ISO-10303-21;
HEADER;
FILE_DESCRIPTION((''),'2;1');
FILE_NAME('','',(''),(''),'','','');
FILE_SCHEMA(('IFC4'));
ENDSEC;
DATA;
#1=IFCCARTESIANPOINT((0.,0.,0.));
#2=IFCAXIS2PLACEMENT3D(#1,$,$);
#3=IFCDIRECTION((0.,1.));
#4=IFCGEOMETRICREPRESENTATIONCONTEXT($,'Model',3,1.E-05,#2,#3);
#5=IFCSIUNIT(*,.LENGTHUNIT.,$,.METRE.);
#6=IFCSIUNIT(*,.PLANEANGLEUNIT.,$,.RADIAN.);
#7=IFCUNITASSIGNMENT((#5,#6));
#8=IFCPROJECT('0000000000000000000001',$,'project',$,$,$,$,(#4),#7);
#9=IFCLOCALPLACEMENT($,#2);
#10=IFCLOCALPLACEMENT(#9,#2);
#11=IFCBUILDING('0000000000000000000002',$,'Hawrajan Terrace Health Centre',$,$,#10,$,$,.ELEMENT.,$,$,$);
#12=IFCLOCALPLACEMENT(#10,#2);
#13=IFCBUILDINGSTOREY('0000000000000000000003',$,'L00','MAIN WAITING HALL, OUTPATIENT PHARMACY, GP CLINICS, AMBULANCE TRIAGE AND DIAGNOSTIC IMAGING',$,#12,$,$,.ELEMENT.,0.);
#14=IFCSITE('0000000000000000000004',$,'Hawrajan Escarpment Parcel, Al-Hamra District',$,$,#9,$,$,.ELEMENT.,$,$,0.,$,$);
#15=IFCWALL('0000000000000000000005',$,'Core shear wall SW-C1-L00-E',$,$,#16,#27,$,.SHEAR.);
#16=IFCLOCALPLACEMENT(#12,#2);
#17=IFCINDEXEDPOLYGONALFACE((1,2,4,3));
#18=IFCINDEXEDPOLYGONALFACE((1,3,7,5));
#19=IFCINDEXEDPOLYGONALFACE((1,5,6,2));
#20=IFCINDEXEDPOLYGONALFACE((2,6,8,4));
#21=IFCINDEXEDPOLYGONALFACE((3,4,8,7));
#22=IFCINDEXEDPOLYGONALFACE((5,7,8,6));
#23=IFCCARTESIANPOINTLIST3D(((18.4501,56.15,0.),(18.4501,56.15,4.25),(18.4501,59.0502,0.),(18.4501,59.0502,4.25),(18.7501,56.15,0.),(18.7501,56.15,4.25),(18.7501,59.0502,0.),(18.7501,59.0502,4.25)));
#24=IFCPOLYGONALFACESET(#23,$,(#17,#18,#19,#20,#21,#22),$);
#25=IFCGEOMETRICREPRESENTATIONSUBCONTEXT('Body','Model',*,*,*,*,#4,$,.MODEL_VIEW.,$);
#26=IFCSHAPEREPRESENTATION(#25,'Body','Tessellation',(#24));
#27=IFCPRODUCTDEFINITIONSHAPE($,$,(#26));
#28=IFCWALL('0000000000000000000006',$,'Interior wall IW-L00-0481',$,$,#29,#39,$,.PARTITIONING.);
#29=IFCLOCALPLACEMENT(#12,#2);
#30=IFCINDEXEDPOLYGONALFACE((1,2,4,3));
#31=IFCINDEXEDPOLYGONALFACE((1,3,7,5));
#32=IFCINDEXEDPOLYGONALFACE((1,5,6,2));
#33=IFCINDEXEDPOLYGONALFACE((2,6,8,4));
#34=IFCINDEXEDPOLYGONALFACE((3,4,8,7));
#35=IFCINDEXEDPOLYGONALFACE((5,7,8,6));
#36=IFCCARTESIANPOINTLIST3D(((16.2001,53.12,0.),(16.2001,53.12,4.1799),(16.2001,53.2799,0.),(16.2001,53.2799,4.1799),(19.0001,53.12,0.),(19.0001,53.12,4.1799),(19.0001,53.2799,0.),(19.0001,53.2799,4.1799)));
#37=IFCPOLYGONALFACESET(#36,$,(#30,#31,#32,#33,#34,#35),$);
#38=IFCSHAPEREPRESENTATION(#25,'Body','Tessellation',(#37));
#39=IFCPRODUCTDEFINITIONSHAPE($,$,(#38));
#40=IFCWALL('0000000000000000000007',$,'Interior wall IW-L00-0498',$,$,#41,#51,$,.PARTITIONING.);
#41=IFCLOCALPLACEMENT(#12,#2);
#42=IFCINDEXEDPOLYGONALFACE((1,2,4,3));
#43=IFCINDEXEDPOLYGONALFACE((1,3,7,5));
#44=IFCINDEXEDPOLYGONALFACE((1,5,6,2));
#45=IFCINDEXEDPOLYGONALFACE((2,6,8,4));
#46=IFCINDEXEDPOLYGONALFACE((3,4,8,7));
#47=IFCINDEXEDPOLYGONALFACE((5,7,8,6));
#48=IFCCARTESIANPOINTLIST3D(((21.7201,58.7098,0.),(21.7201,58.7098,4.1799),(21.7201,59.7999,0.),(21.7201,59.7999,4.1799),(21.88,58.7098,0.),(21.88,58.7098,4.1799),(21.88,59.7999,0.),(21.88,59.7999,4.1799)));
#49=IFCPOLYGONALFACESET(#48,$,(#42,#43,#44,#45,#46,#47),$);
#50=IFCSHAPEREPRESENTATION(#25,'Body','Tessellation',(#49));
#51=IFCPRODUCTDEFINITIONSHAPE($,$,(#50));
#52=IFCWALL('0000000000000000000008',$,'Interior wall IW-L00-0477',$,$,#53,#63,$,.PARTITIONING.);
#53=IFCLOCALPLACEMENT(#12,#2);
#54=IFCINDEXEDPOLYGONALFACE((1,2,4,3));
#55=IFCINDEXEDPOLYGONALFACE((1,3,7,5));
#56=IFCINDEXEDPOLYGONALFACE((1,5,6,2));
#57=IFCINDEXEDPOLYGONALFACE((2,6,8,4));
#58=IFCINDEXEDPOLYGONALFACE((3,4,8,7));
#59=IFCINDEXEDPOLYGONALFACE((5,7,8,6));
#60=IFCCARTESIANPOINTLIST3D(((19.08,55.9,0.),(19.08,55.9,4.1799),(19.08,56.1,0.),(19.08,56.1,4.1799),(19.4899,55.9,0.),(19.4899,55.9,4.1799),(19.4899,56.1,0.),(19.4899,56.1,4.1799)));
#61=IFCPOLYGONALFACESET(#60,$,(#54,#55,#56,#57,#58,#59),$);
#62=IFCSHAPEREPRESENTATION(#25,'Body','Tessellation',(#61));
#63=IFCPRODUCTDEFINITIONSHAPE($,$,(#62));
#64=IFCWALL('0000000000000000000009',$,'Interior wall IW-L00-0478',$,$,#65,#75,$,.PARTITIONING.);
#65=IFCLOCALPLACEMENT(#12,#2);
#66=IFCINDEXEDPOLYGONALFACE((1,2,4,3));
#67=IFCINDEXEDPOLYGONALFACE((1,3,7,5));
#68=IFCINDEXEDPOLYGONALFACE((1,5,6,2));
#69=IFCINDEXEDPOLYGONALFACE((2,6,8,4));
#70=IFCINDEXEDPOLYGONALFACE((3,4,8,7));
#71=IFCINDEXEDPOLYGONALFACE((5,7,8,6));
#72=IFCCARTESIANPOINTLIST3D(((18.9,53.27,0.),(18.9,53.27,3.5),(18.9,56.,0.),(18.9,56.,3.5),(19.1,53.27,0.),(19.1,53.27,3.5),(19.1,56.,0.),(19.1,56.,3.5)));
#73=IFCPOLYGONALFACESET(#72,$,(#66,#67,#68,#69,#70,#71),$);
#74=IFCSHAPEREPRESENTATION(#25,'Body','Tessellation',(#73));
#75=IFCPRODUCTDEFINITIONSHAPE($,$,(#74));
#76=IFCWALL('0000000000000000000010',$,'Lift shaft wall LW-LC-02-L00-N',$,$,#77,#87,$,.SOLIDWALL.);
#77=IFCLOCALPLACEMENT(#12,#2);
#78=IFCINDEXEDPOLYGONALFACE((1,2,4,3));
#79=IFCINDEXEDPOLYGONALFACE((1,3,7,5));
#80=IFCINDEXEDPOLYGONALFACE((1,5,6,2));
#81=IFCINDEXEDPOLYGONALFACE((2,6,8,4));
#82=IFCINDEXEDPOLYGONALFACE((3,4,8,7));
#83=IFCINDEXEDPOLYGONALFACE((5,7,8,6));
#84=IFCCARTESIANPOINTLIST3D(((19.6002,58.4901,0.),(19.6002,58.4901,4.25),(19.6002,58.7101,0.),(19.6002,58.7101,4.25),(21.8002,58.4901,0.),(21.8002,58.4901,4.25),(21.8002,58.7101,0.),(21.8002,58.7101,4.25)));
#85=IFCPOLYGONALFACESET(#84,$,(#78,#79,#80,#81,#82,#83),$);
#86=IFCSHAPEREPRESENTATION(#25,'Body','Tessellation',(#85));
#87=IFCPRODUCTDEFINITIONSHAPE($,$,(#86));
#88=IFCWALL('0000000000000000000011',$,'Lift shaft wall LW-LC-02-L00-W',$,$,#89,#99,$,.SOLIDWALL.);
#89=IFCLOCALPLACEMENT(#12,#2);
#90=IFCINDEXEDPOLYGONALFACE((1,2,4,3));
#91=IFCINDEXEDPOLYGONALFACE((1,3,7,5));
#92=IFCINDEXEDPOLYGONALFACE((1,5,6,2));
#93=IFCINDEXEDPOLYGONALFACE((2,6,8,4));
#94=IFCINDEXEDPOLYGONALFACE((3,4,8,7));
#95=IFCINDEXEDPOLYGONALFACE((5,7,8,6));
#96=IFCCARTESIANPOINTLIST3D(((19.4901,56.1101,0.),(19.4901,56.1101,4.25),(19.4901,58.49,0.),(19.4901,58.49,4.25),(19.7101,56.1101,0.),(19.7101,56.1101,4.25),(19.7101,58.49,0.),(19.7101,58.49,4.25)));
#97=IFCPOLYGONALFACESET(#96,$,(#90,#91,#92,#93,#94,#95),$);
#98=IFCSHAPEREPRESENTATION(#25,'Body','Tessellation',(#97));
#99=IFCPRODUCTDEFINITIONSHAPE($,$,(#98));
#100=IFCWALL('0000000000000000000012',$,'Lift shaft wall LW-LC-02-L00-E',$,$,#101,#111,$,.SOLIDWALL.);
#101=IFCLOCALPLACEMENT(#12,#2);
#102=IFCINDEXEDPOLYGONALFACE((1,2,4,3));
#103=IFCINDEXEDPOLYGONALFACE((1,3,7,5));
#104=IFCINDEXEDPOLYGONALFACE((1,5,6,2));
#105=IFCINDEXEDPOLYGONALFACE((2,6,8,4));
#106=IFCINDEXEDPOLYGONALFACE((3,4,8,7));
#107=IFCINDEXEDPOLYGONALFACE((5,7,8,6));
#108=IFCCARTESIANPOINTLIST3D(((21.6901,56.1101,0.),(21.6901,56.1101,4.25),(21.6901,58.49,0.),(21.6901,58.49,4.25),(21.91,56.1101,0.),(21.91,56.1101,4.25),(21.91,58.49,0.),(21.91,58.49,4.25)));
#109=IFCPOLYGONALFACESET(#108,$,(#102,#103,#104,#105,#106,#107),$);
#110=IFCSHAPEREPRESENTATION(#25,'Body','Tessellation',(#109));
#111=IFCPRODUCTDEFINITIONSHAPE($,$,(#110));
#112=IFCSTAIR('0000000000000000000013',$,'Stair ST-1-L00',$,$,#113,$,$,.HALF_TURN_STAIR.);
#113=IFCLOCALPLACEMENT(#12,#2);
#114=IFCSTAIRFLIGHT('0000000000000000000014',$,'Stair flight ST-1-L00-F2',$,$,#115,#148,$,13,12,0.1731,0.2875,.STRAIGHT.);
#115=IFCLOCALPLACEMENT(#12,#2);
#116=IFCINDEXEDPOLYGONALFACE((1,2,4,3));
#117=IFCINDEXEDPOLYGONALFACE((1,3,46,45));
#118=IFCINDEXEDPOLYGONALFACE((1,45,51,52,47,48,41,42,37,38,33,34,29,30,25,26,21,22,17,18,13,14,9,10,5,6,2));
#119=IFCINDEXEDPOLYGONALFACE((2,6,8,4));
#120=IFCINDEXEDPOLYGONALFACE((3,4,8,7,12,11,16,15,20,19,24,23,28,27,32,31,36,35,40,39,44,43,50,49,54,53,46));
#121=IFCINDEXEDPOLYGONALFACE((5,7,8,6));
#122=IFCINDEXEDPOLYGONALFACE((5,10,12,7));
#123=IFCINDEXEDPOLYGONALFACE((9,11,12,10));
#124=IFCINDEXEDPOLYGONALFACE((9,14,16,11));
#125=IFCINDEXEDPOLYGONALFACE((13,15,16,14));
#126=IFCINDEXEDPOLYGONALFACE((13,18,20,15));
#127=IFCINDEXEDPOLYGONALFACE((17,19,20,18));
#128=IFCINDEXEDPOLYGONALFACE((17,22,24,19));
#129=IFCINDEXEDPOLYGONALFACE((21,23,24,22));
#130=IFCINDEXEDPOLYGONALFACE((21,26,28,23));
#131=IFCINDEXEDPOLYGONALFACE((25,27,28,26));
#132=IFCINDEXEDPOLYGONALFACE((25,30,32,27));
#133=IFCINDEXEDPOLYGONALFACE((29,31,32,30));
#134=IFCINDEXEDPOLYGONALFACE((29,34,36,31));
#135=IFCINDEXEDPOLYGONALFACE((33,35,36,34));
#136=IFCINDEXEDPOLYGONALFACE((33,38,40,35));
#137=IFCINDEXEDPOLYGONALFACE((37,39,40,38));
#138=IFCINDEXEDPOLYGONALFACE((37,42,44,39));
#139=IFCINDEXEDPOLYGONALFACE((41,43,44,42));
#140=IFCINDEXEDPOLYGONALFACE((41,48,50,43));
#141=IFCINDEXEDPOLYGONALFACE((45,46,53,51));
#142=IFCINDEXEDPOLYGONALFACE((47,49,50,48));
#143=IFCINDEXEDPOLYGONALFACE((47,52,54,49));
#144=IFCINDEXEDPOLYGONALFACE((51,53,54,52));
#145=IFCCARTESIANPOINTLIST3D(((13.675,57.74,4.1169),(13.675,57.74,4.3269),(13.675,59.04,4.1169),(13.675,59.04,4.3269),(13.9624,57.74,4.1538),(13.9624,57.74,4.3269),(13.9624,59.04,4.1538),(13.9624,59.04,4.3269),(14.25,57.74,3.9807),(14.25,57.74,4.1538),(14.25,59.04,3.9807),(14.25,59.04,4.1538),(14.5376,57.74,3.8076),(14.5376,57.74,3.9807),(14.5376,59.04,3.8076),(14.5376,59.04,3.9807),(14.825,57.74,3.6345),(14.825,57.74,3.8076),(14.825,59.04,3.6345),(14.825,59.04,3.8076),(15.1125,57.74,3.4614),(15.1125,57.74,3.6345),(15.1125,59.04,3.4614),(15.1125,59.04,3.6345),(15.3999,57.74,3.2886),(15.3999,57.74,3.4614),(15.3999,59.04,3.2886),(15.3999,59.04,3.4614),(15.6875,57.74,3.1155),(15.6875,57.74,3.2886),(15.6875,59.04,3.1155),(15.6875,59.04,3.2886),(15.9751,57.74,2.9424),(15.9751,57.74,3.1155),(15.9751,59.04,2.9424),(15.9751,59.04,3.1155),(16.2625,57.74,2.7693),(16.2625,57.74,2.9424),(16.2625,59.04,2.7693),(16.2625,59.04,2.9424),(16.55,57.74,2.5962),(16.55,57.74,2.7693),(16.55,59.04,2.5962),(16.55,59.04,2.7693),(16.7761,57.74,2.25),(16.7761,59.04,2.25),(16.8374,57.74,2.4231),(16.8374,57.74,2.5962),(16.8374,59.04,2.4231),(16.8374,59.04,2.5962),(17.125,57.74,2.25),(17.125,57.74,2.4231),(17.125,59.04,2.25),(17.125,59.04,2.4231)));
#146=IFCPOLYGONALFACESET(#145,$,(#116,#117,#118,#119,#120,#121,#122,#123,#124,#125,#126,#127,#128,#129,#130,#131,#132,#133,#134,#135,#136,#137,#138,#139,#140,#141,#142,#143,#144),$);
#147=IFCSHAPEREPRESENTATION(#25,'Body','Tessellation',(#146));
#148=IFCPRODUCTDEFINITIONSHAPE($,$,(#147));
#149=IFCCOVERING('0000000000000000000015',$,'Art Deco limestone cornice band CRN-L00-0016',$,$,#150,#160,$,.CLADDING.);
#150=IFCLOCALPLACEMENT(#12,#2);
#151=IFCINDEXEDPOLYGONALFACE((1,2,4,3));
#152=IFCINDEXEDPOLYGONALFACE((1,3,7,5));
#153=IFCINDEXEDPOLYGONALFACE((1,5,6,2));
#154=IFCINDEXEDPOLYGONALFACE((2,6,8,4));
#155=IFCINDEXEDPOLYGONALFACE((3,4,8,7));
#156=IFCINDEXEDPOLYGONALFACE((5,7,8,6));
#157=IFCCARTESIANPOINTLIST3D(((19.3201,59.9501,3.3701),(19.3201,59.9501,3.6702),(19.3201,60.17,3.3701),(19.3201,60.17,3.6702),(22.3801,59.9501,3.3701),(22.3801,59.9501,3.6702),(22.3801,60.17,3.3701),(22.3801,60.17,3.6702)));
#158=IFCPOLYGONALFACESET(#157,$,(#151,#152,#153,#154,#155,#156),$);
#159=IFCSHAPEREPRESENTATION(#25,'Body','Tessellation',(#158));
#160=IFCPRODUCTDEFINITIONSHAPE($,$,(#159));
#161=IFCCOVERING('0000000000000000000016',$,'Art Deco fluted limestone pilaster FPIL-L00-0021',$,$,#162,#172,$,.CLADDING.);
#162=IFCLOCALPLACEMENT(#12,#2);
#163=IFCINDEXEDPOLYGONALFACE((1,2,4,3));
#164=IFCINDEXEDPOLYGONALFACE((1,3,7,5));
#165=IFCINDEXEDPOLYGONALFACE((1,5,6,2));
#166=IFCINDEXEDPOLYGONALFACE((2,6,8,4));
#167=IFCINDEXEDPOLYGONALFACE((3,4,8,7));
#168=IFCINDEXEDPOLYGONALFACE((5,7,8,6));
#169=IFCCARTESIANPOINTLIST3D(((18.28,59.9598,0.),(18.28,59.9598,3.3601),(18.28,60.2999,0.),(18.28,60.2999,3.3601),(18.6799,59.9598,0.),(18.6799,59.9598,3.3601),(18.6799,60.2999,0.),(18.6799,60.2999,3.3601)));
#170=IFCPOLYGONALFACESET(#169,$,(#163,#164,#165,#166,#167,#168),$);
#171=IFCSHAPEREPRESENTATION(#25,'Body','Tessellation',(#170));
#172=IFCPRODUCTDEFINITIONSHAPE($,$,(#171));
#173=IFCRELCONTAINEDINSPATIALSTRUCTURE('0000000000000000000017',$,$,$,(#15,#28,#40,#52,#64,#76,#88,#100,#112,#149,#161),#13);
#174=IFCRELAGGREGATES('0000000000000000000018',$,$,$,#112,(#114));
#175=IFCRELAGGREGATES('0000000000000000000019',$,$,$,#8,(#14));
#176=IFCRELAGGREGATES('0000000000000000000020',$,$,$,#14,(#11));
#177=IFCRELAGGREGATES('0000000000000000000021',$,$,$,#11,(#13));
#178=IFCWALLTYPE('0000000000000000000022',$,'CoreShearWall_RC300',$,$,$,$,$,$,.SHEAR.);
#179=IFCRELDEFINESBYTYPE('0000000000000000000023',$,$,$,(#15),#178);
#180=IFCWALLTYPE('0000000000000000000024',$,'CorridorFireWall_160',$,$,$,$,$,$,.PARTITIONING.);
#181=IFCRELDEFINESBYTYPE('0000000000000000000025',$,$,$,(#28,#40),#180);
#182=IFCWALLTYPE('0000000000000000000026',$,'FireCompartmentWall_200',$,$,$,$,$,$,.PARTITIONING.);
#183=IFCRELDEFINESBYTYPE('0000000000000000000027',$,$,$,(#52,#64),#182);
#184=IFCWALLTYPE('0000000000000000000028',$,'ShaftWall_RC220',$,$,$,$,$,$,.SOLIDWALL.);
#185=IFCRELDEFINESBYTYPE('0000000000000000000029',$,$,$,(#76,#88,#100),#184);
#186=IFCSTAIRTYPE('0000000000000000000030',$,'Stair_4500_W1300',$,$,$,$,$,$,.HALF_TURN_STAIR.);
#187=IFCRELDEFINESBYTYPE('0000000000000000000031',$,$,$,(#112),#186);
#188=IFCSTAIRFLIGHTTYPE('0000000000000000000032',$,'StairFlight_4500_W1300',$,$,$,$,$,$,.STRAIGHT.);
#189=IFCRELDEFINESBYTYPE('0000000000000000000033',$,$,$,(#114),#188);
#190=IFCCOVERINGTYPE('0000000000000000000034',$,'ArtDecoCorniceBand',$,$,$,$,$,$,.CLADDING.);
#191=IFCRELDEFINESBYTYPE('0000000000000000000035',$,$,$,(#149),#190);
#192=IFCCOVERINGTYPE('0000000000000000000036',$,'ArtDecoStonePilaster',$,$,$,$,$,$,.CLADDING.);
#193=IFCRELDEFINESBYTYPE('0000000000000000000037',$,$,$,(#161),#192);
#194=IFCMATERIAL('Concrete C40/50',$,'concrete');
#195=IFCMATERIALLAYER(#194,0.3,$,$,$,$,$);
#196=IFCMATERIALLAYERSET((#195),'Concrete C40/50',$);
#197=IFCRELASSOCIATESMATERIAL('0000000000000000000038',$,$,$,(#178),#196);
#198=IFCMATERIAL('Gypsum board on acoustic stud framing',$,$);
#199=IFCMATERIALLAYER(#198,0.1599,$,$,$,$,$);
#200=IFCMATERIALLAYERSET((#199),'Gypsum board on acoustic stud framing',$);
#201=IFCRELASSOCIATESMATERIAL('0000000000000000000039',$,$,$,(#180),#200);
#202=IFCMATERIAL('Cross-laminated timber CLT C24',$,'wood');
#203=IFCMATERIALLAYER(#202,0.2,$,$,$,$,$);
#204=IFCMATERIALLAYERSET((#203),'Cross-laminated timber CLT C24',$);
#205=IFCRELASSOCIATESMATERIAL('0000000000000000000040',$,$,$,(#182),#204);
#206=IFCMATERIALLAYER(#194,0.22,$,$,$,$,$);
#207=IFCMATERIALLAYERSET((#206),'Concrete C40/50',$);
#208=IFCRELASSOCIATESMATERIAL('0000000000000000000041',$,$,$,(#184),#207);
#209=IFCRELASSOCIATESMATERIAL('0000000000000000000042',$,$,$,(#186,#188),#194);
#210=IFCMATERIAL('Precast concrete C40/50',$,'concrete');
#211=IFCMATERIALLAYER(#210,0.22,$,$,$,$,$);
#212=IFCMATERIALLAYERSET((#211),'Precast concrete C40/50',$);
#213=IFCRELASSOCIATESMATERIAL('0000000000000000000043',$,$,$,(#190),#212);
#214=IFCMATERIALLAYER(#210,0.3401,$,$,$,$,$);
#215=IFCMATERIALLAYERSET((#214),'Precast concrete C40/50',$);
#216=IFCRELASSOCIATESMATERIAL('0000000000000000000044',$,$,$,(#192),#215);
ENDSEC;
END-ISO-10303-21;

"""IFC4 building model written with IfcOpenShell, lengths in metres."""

from ifc_helpers import new_model, si_unit, direction, frame, frame_2d, origin, origin_2d, place, context, subcontext, project, spatial, polyline, rectangle, outline, extrude, material, layer, layer_set, type_object, element, aggregate, save


model = new_model("IFC4")

# Units and contexts
model_context = context("Model", 3, precision=1e-05, world=origin(), true_north=direction((0.0, 1.0)))
body_context = subcontext(model_context, "Body", "Model", "MODEL_VIEW")
ifc_project = project(units=[si_unit("LENGTHUNIT", "METRE"), si_unit("PLANEANGLEUNIT", "RADIAN")], contexts=[model_context])

# Site, building, storey
site_placement = place(None, origin())
site = spatial("IfcSite", under=ifc_project, at=site_placement, Name="Hawrajan Escarpment Parcel, Al-Hamra District", CompositionType="ELEMENT", RefElevation=0.0)
building_placement = place(site_placement, origin())
building = spatial("IfcBuilding", under=site, at=building_placement, Name="Hawrajan Terrace Health Centre", CompositionType="ELEMENT")
storey_placement = place(building_placement, origin())
storey = spatial("IfcBuildingStorey", under=building, at=storey_placement, Name="L00", Description="MAIN WAITING HALL, OUTPATIENT PHARMACY, GP CLINICS, AMBULANCE TRIAGE AND DIAGNOSTIC IMAGING", CompositionType="ELEMENT", Elevation=0.0)

# Shared definitions
ifc_material_1 = material(Name="Concrete C40/50", Category="concrete")

# Shared definitions
ifc_material_2 = material(Name="Gypsum board on acoustic stud framing")

# Shared definitions
ifc_material_3 = material(Name="Precast concrete C40/50", Category="concrete")

# Walls
ifc_layer_1 = layer(ifc_material_1, 0.3)
ifc_layer_set_1 = layer_set([ifc_layer_1], Name="Concrete C40/50")
wall_type_1 = type_object("IfcWallType", Name="CoreShearWall_RC300", PredefinedType="SHEAR", material=ifc_layer_set_1)
wall_1_placement = place(storey_placement, frame((18.6001, 56.1499, 0.0), z_axis=(0.0, 0.0, 1.0), x_axis=(0.0, 1.0, 0.0)))
element("IfcWall", 1, at=wall_1_placement, inside=storey, type_object=wall_type_1, Name="Core shear wall SW-C1-L00-E", PredefinedType="SHEAR", context=body_context, shape_type="SweptSolid", body=[
    extrude(rectangle(XDim=2.9001, YDim=0.3, at=frame_2d((1.4502, 0.0))), origin(), (0.0, 0.0, 1.0), 4.25),
])
ifc_layer_2 = layer(ifc_material_2, 0.1599)
ifc_layer_set_2 = layer_set([ifc_layer_2], Name="Gypsum board on acoustic stud framing")
wall_type_2 = type_object("IfcWallType", Name="CorridorFireWall_160", PredefinedType="PARTITIONING", material=ifc_layer_set_2)
wall_2_placement = place(storey_placement, frame((19.0, 53.2, 0.0), z_axis=(0.0, 0.0, 1.0), x_axis=(-1.0, 0.0, 0.0)))
element("IfcWall", 2, at=wall_2_placement, inside=storey, type_object=wall_type_2, Name="Interior wall IW-L00-0481", PredefinedType="PARTITIONING", context=body_context, shape_type="SweptSolid", body=[
    extrude(rectangle(XDim=2.8, YDim=0.1599, at=frame_2d((1.3999, 0.0))), origin(), (0.0, 0.0, 1.0), 4.1799),
])
wall_3_placement = place(storey_placement, frame((21.8, 58.71, 0.0), z_axis=(0.0, 0.0, 1.0), x_axis=(0.0, 1.0, 0.0)))
element("IfcWall", 3, at=wall_3_placement, inside=storey, type_object=wall_type_2, Name="Interior wall IW-L00-0498", PredefinedType="PARTITIONING", context=body_context, shape_type="SweptSolid", body=[
    extrude(rectangle(XDim=1.0901, YDim=0.1599, at=frame_2d((0.5449, 0.0))), origin(), (0.0, 0.0, 1.0), 4.1799),
])
ifc_material_4 = material(Name="Cross-laminated timber CLT C24", Category="wood")
ifc_layer_3 = layer(ifc_material_4, 0.2)
ifc_layer_set_3 = layer_set([ifc_layer_3], Name="Cross-laminated timber CLT C24")
wall_type_3 = type_object("IfcWallType", Name="FireCompartmentWall_200", PredefinedType="PARTITIONING", material=ifc_layer_set_3)
wall_4_placement = place(storey_placement, frame((19.49, 56.0, 0.0), z_axis=(0.0, 0.0, 1.0), x_axis=(-1.0, 0.0, 0.0)))
element("IfcWall", 4, at=wall_4_placement, inside=storey, type_object=wall_type_3, Name="Interior wall IW-L00-0477", PredefinedType="PARTITIONING", context=body_context, shape_type="SweptSolid", body=[
    extrude(rectangle(XDim=0.4099, YDim=0.2, at=frame_2d((0.2051, 0.0))), origin(), (0.0, 0.0, 1.0), 4.1799),
])
wall_5_placement = place(storey_placement, frame((19.0, 53.27, 0.0), z_axis=(0.0, 0.0, 1.0), x_axis=(0.0, 1.0, 0.0)))
element("IfcWall", 5, at=wall_5_placement, inside=storey, type_object=wall_type_3, Name="Interior wall IW-L00-0478", PredefinedType="PARTITIONING", context=body_context, shape_type="SweptSolid", body=[
    extrude(rectangle(XDim=2.73, YDim=0.2, at=frame_2d((1.365, 0.0))), origin(), (0.0, 0.0, 1.0), 3.5),
])

# Shared definitions
ifc_layer_4 = layer(ifc_material_1, 0.22)
ifc_layer_set_4 = layer_set([ifc_layer_4], Name="Concrete C40/50")
wall_type_4 = type_object("IfcWallType", Name="ShaftWall_RC220", PredefinedType="SOLIDWALL", material=ifc_layer_set_4)

# Walls
wall_6_placement = place(storey_placement, frame((19.6001, 58.6001, 0.0), z_axis=(0.0, 0.0, 1.0), x_axis=(1.0, 0.0, 0.0)))
element("IfcWall", 6, at=wall_6_placement, inside=storey, type_object=wall_type_4, Name="Lift shaft wall LW-LC-02-L00-N", PredefinedType="SOLIDWALL", context=body_context, shape_type="SweptSolid", body=[
    extrude(rectangle(XDim=2.2, YDim=0.22, at=frame_2d((1.1001, 0.0))), origin(), (0.0, 0.0, 1.0), 4.25),
])
for number, where, z_axis, x_axis, name in (
    (7, (19.6001, 56.1101, 0.0), (0.0, 0.0, 1.0), (0.0, 1.0, 0.0), "Lift shaft wall LW-LC-02-L00-W"),
    (8, (21.8, 56.1101, 0.0), (0.0, 0.0, 1.0), (0.0, 1.0, 0.0), "Lift shaft wall LW-LC-02-L00-E"),
):
    element("IfcWall", number, at=place(storey_placement, frame(where, z_axis=z_axis, x_axis=x_axis)), inside=storey, type_object=wall_type_4, Name=name, PredefinedType="SOLIDWALL", context=body_context, shape_type="SweptSolid", body=[
        extrude(rectangle(XDim=2.3799, YDim=0.22, at=frame_2d((1.1899, 0.0))), origin(), (0.0, 0.0, 1.0), 4.25),
    ])

# Stair, stair flight
stair_type = type_object("IfcStairType", Name="Stair_4500_W1300", PredefinedType="HALF_TURN_STAIR", material=ifc_material_1)
stair_placement = place(storey_placement, origin())
stair = element("IfcStair", 9, at=stair_placement, inside=storey, type_object=stair_type, Name="Stair ST-1-L00", PredefinedType="HALF_TURN_STAIR")
stair_flight_type = type_object("IfcStairFlightType", Name="StairFlight_4500_W1300", PredefinedType="STRAIGHT", material=ifc_material_1)
stair_flight_placement = place(storey_placement, frame((17.125, 58.3899, 2.25), z_axis=(0.0, 0.0, 1.0), x_axis=(-1.0, 0.0, 0.0)))
stair_flight = element("IfcStairFlight", 10, at=stair_flight_placement, type_object=stair_flight_type, Name="Stair flight ST-1-L00-F2", NumberOfRisers=13, NumberOfTreads=12, PredefinedType="STRAIGHT", RiserHeight=0.1731, TreadLength=0.2875, context=body_context, shape_type="SweptSolid", body=[
    extrude(outline(polyline([(0.0, 0.0), (0.0, 0.1731), (0.2876, 0.1731), (0.2876, 0.3462), (0.575, 0.3462), (0.575, 0.5193), (0.8625, 0.5193), (0.8625, 0.6924), (1.1499, 0.6924), (1.1499, 0.8655), (1.4375, 0.8655), (1.4375, 1.0386), (1.7251, 1.0386), (1.7251, 1.2114), (2.0125, 1.2114), (2.0125, 1.3845), (2.3, 1.3845), (2.3, 1.5576), (2.5874, 1.5576), (2.5874, 1.7307), (2.875, 1.7307), (2.875, 1.9038), (3.1626, 1.9038), (3.1626, 2.0769), (3.45, 2.0769), (3.45, 2.25), (3.45, 1.8669), (0.3489, 0.0), (0.0, 0.0)])), frame((0.0, 0.6499, 0.0), z_axis=(0.0, -1.0, 0.0), x_axis=(1.0, 0.0, 0.0)), (0.0, 0.0, 1.0), 1.3),
])
aggregate(stair, [stair_flight])

# Coverings
ifc_layer_5 = layer(ifc_material_3, 0.22)
ifc_layer_set_5 = layer_set([ifc_layer_5], Name="Precast concrete C40/50")
covering_type_1 = type_object("IfcCoveringType", Name="ArtDecoCorniceBand", PredefinedType="CLADDING", material=ifc_layer_set_5)
covering_1_placement = place(storey_placement, frame((20.8501, 60.0601, 3.3701), z_axis=(0.0, 0.0, 1.0), x_axis=(1.0, 0.0, 0.0)))
element("IfcCovering", 11, at=covering_1_placement, inside=storey, type_object=covering_type_1, Name="Art Deco limestone cornice band CRN-L00-0016", PredefinedType="CLADDING", context=body_context, shape_type="SweptSolid", body=[
    extrude(rectangle(XDim=3.0601, YDim=0.22, at=origin_2d()), origin(), (0.0, 0.0, 1.0), 0.3),
])
ifc_layer_6 = layer(ifc_material_3, 0.3401)
ifc_layer_set_6 = layer_set([ifc_layer_6], Name="Precast concrete C40/50")
covering_type_2 = type_object("IfcCoveringType", Name="ArtDecoStonePilaster", PredefinedType="CLADDING", material=ifc_layer_set_6)
covering_2_placement = place(storey_placement, frame((18.48, 60.1299, 0.0), z_axis=(0.0, 0.0, 1.0), x_axis=(1.0, 0.0, 0.0)))
element("IfcCovering", 12, at=covering_2_placement, inside=storey, type_object=covering_type_2, Name="Art Deco fluted limestone pilaster FPIL-L00-0021", PredefinedType="CLADDING", context=body_context, shape_type="SweptSolid", body=[
    extrude(rectangle(XDim=0.3999, YDim=0.3401, at=origin_2d()), origin(), (0.0, 0.0, 1.0), 3.3601),
])

save(model, "model.ifc")
